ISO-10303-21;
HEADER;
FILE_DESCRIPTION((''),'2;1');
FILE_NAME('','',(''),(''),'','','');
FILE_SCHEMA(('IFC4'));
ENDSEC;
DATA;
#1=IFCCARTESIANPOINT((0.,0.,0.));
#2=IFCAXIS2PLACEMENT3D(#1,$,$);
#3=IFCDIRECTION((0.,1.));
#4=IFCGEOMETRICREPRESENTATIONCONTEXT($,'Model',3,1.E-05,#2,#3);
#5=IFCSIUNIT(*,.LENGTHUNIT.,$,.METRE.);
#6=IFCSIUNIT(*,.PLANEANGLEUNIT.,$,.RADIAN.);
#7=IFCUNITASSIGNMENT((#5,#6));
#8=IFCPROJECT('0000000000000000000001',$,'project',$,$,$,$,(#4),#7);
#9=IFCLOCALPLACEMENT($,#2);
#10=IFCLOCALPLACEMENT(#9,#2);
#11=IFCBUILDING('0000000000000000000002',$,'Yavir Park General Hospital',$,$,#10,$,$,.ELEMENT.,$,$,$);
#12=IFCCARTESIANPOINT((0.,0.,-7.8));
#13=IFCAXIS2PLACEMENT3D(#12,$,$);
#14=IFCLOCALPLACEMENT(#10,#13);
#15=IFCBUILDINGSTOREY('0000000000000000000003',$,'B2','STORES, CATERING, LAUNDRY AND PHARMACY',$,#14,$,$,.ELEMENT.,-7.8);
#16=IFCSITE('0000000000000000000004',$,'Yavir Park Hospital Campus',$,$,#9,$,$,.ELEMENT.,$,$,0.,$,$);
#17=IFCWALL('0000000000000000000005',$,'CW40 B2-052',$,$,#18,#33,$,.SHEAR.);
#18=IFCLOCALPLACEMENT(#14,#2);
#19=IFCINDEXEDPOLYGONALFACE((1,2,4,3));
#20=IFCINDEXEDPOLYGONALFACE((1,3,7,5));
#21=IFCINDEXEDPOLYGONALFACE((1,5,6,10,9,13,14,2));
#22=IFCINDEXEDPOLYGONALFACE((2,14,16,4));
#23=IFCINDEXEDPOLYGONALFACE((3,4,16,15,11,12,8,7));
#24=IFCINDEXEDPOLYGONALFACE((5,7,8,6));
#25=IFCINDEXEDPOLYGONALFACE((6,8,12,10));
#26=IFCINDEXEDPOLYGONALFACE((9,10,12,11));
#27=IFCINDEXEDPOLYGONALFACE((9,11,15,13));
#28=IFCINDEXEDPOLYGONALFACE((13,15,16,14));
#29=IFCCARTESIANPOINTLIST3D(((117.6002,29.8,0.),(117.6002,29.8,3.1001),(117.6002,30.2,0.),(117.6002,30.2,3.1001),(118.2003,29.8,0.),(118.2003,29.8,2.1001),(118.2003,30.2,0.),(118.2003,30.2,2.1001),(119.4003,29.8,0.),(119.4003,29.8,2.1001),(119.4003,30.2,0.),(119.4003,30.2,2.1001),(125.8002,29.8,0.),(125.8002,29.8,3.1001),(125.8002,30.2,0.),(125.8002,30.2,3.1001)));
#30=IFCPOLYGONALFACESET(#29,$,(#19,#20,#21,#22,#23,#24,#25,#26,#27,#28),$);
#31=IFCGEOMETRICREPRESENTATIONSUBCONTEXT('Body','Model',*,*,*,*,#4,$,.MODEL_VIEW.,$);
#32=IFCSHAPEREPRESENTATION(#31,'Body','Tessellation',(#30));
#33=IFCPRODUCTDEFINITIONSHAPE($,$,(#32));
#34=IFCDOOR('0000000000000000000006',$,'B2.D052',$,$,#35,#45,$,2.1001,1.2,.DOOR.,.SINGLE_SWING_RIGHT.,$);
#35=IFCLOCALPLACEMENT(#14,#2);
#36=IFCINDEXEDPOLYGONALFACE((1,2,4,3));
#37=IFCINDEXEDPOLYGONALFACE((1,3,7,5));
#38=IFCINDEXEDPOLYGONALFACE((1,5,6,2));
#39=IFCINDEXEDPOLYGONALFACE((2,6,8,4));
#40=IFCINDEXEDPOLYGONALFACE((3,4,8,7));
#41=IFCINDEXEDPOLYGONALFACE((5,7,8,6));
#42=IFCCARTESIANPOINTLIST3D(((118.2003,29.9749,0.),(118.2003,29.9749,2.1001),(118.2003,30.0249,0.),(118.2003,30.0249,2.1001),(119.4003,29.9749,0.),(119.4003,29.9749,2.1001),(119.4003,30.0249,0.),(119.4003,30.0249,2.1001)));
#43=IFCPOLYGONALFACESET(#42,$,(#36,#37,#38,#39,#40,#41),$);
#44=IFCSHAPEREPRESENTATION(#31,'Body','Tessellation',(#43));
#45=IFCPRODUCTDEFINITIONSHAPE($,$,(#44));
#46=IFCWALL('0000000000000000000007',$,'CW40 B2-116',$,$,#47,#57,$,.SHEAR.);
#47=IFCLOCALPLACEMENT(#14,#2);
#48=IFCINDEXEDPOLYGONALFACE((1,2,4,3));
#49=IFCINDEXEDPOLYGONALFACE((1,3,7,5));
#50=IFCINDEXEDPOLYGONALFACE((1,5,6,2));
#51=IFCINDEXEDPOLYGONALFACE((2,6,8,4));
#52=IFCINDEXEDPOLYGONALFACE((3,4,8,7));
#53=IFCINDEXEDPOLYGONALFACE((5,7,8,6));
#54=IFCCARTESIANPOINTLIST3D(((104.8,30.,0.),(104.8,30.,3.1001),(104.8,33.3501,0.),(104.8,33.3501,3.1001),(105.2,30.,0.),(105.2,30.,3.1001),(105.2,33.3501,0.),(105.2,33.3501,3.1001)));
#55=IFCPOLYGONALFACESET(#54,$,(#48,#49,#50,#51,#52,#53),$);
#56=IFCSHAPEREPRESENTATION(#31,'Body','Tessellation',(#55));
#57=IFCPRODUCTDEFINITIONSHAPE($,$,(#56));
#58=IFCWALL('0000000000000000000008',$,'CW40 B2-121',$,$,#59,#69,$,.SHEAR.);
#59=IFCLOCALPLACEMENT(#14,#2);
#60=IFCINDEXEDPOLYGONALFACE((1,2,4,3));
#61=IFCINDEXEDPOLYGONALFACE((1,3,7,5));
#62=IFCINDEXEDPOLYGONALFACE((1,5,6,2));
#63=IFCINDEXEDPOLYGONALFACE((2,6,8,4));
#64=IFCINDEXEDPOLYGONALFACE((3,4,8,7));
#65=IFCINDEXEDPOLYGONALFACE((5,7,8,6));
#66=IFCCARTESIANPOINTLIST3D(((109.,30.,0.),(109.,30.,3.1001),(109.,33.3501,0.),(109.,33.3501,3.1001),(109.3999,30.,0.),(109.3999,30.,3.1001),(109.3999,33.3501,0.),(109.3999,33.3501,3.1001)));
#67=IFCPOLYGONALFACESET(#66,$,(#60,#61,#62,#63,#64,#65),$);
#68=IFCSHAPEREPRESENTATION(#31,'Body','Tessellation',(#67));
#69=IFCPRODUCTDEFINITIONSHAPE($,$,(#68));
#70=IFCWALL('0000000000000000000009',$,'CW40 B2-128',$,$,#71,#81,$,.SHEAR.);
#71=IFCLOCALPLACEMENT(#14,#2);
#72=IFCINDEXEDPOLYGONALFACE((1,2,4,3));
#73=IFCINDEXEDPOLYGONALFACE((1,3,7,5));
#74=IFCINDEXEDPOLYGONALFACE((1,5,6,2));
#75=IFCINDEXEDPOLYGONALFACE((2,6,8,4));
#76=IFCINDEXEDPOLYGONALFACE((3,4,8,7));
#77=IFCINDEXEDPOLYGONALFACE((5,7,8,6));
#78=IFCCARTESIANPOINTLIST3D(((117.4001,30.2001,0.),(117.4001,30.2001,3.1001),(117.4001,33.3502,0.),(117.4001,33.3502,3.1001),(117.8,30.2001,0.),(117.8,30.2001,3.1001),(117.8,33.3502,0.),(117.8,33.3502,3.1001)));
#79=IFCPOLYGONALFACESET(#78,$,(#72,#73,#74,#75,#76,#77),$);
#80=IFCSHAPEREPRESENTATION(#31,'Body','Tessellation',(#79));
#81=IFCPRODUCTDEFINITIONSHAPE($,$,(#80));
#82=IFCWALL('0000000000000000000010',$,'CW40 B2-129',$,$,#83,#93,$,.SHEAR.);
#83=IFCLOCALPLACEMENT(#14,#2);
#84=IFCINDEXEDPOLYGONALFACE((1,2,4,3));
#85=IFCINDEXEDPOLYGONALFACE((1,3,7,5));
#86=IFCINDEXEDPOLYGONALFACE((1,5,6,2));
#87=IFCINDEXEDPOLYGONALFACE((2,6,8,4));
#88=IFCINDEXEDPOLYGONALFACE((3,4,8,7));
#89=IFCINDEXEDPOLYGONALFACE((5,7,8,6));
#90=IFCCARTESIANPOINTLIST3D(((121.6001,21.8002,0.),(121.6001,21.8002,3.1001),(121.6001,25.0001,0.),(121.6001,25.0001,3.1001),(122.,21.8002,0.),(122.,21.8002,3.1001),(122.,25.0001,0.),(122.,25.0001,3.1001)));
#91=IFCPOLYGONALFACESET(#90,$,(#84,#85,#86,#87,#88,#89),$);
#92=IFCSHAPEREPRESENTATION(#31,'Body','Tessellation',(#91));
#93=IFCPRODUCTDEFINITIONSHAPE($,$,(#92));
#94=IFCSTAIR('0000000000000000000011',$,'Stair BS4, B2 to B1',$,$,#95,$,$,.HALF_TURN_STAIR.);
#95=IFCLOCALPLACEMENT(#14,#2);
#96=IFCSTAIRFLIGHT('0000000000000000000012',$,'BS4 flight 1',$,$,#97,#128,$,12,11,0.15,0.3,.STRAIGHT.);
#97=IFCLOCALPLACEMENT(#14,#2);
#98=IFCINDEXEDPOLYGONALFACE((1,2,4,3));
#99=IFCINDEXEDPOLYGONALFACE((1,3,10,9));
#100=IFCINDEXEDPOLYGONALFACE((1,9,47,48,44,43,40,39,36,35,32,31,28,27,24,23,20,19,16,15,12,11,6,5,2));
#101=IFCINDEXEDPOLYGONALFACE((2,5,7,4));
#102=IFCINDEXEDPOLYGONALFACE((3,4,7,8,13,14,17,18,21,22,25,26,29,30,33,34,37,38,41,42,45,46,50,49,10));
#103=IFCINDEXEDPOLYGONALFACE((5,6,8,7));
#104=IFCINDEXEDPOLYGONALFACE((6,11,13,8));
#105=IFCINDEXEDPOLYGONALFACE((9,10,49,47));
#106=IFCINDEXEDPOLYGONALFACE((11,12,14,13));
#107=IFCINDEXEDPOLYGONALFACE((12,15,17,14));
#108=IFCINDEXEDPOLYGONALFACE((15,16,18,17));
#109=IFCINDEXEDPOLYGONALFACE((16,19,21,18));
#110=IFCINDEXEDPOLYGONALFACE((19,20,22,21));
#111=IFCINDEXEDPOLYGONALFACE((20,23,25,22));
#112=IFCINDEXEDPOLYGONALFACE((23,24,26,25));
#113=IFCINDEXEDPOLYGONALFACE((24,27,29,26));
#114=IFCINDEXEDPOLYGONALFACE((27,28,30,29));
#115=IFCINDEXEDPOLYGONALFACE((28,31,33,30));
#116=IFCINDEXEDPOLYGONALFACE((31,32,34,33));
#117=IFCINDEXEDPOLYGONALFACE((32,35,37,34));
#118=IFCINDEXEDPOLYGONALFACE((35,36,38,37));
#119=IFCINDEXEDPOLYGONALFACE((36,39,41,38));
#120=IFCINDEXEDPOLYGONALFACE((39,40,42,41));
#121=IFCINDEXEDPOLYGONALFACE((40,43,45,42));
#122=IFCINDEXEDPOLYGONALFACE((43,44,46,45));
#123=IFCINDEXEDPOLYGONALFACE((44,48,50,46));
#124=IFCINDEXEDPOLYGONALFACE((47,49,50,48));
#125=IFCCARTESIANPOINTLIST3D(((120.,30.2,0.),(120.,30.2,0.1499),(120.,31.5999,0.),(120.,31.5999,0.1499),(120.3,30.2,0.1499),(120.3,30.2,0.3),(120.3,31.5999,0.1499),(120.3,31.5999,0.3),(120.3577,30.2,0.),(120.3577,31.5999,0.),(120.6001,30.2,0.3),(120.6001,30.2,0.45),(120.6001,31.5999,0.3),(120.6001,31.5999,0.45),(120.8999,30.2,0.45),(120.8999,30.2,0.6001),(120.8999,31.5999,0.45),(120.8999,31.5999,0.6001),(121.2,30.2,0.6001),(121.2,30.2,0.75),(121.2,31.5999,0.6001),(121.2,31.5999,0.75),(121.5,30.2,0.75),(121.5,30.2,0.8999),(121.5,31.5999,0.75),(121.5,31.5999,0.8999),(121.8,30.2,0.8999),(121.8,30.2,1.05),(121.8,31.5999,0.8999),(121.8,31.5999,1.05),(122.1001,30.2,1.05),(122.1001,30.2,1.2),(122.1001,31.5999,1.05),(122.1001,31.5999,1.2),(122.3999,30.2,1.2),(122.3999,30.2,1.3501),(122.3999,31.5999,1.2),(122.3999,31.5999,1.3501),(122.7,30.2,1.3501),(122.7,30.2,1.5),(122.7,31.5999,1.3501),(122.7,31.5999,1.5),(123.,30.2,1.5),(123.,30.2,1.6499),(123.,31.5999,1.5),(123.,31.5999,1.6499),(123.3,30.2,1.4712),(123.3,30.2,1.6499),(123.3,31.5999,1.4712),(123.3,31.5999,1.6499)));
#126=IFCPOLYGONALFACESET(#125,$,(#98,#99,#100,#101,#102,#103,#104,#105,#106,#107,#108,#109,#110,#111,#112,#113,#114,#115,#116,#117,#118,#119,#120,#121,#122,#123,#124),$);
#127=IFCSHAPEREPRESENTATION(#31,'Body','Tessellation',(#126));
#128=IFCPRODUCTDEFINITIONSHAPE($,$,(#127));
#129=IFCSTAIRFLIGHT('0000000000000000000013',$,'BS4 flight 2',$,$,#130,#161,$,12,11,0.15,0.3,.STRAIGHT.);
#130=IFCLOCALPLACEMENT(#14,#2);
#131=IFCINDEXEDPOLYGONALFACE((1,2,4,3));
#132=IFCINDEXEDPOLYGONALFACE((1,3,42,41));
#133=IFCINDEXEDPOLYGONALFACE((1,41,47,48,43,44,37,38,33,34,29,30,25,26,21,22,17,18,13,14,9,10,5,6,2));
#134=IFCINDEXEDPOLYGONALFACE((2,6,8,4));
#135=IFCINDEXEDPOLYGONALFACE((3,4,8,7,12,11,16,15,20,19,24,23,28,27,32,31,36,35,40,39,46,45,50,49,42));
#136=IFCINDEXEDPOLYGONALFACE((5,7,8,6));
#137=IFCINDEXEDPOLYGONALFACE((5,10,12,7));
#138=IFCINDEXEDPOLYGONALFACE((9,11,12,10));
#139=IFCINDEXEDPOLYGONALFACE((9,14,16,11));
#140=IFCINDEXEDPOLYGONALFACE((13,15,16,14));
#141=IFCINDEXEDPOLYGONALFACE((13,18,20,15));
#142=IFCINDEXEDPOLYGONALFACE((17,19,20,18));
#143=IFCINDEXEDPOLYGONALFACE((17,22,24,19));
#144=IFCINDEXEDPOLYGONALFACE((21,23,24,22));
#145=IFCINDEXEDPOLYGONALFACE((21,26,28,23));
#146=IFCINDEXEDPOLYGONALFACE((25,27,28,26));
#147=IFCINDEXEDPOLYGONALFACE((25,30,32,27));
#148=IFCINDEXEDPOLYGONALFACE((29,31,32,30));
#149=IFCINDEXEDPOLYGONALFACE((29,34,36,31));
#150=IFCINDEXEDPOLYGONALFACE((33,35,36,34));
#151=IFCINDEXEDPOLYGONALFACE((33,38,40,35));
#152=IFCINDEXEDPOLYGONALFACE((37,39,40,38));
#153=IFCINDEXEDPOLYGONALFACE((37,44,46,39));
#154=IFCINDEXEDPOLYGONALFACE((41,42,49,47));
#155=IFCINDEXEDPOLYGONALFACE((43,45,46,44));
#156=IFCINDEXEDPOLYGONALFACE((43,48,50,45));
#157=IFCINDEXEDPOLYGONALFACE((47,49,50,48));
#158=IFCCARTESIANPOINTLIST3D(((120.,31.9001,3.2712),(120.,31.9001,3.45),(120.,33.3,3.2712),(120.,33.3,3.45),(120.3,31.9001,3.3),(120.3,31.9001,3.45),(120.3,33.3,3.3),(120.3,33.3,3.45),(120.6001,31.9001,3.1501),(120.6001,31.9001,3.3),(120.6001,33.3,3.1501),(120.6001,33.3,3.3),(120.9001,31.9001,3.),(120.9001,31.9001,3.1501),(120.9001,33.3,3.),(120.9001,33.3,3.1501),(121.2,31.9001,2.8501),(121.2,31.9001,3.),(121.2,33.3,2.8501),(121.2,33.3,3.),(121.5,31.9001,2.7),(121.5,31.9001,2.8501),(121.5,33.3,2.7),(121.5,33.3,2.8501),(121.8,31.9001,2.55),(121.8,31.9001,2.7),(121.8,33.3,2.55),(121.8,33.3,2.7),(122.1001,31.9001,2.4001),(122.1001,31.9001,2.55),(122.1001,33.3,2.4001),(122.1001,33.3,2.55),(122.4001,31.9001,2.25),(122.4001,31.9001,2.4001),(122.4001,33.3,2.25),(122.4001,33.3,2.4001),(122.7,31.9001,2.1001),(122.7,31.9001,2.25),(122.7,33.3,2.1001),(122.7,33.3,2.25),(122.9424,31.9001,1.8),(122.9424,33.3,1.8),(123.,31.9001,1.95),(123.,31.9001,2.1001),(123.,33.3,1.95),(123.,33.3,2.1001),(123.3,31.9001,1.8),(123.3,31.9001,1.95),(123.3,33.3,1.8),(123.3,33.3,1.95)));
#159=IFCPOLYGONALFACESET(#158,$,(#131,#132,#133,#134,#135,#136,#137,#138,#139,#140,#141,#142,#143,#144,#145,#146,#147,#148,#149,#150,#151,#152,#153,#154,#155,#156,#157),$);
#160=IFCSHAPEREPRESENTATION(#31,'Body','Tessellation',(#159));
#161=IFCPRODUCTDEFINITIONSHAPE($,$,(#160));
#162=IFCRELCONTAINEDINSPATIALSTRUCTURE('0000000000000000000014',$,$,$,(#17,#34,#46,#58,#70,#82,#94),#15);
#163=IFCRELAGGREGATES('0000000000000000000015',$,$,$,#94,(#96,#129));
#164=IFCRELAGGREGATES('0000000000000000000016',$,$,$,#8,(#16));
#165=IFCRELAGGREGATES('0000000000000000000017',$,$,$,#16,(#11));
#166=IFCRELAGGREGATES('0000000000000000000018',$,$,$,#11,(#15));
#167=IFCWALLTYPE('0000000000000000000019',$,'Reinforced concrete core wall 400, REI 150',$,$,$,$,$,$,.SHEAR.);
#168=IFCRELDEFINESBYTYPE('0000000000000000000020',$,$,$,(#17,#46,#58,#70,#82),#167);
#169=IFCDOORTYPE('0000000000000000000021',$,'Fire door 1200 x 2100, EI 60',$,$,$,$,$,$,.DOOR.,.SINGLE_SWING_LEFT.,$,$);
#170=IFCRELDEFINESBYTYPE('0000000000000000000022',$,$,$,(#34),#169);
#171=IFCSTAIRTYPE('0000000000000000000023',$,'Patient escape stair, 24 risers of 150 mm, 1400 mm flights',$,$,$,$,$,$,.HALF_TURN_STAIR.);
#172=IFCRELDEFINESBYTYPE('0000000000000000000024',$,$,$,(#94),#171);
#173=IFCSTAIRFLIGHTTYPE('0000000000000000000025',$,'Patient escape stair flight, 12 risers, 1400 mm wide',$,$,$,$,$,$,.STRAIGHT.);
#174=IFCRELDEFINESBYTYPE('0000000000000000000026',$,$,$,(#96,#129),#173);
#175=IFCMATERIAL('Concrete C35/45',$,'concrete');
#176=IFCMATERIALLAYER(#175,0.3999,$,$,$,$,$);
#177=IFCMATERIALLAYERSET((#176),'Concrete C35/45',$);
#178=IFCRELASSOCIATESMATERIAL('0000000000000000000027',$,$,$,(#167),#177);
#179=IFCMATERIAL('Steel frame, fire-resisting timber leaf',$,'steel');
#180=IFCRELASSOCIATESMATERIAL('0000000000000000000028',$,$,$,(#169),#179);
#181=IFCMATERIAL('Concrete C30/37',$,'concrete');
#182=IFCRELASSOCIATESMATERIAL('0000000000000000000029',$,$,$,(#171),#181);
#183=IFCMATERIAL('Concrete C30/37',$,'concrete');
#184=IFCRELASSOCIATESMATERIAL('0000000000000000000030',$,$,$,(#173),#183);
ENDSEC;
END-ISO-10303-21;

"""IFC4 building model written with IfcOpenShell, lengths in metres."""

from ifc_helpers import new_model, si_unit, direction, frame, frame_2d, origin, place, context, subcontext, project, spatial, polyline, rectangle, outline, extrude, material, layer, layer_set, type_object, element, fill, aggregate, save


model = new_model("IFC4")

# Units and contexts
model_context = context("Model", 3, precision=1e-05, world=origin(), true_north=direction((0.0, 1.0)))
body_context = subcontext(model_context, "Body", "Model", "MODEL_VIEW")
ifc_project = project(units=[si_unit("LENGTHUNIT", "METRE"), si_unit("PLANEANGLEUNIT", "RADIAN")], contexts=[model_context])

# Site, building, storey
site_placement = place(None, origin())
site = spatial("IfcSite", under=ifc_project, at=site_placement, Name="Yavir Park Hospital Campus", CompositionType="ELEMENT", RefElevation=0.0)
building_placement = place(site_placement, origin())
building = spatial("IfcBuilding", under=site, at=building_placement, Name="Yavir Park General Hospital", CompositionType="ELEMENT")
storey_placement = place(building_placement, frame((0.0, 0.0, -7.8)))
storey = spatial("IfcBuildingStorey", under=building, at=storey_placement, Name="B2", Description="STORES, CATERING, LAUNDRY AND PHARMACY", CompositionType="ELEMENT", Elevation=-7.8)

# Shared definitions
ifc_material_1 = material(Name="Concrete C35/45", Category="concrete")
ifc_layer_1 = layer(ifc_material_1, 0.3999)
ifc_layer_set_1 = layer_set([ifc_layer_1], Name="Concrete C35/45")
wall_type_1 = type_object("IfcWallType", Name="Reinforced concrete core wall 400, REI 150", PredefinedType="SHEAR", material=ifc_layer_set_1)

# Wall, opening, door
wall_1_placement = place(storey_placement, frame((117.6001, 30.0, 0.0), z_axis=(0.0, 0.0, 1.0), x_axis=(1.0, 0.0, 0.0)))
wall_1 = element("IfcWall", 1, at=wall_1_placement, inside=storey, type_object=wall_type_1, Name="CW40 B2-052", PredefinedType="SHEAR", context=body_context, shape_type="SweptSolid", body=[
    extrude(rectangle(XDim=8.2, YDim=0.3999, at=frame_2d((4.1001, 0.0))), origin(), (0.0, 0.0, 1.0), 3.1001),
])
opening_1_placement = place(wall_1_placement, frame((0.6001, 0.0, 0.0)))
opening_1 = element("IfcOpeningElement", 2, at=opening_1_placement, cuts=wall_1, PredefinedType="OPENING", context=body_context, shape_type="SweptSolid", body=[
    extrude(rectangle(XDim=1.2, YDim=2.1001, at=frame_2d((0.6001, 1.05))), frame((0.0, 0.21, 0.0), z_axis=(0.0, -1.0, 0.0), x_axis=(1.0, 0.0, 0.0)), (0.0, 0.0, 1.0), 0.4199),
])
ifc_material_2 = material(Name="Steel frame, fire-resisting timber leaf", Category="steel")
door_type_1 = type_object("IfcDoorType", Name="Fire door 1200 x 2100, EI 60", OperationType="SINGLE_SWING_LEFT", PredefinedType="DOOR", material=ifc_material_2)
door_1_placement = place(opening_1_placement, origin())
door_1 = element("IfcDoor", 3, at=door_1_placement, inside=storey, type_object=door_type_1, Name="B2.D052", OperationType="SINGLE_SWING_RIGHT", OverallHeight=2.1001, OverallWidth=1.2, PredefinedType="DOOR", context=body_context, shape_type="SweptSolid", body=[
    extrude(rectangle(XDim=1.2, YDim=2.1001, at=frame_2d((0.6001, 1.05))), frame((0.0, 0.0249, 0.0), z_axis=(0.0, -1.0, 0.0), x_axis=(1.0, 0.0, 0.0)), (0.0, 0.0, 1.0), 0.05),
])
fill(opening_1, door_1)

# Walls
for number, where, z_axis, x_axis, name in (
    (4, (105.0, 30.0, 0.0), (0.0, 0.0, 1.0), (0.0, 1.0, 0.0), "CW40 B2-116"),
    (5, (109.2, 30.0, 0.0), (0.0, 0.0, 1.0), (0.0, 1.0, 0.0), "CW40 B2-121"),
):
    element("IfcWall", number, at=place(storey_placement, frame(where, z_axis=z_axis, x_axis=x_axis)), inside=storey, type_object=wall_type_1, Name=name, PredefinedType="SHEAR", context=body_context, shape_type="SweptSolid", body=[
        extrude(rectangle(XDim=3.3501, YDim=0.3999, at=frame_2d((1.675, 0.0))), origin(), (0.0, 0.0, 1.0), 3.1001),
    ])
wall_2_placement = place(storey_placement, frame((117.6001, 30.2, 0.0), z_axis=(0.0, 0.0, 1.0), x_axis=(0.0, 1.0, 0.0)))
element("IfcWall", 6, at=wall_2_placement, inside=storey, type_object=wall_type_1, Name="CW40 B2-128", PredefinedType="SHEAR", context=body_context, shape_type="SweptSolid", body=[
    extrude(rectangle(XDim=3.1501, YDim=0.3999, at=frame_2d((1.5752, 0.0))), origin(), (0.0, 0.0, 1.0), 3.1001),
])
wall_3_placement = place(storey_placement, frame((121.8, 21.8, 0.0), z_axis=(0.0, 0.0, 1.0), x_axis=(0.0, 1.0, 0.0)))
element("IfcWall", 7, at=wall_3_placement, inside=storey, type_object=wall_type_1, Name="CW40 B2-129", PredefinedType="SHEAR", context=body_context, shape_type="SweptSolid", body=[
    extrude(rectangle(XDim=3.2, YDim=0.3999, at=frame_2d((1.6001, 0.0))), origin(), (0.0, 0.0, 1.0), 3.1001),
])

# Stair, stair flights
ifc_material_3 = material(Name="Concrete C30/37", Category="concrete")
stair_type = type_object("IfcStairType", Name="Patient escape stair, 24 risers of 150 mm, 1400 mm flights", PredefinedType="HALF_TURN_STAIR", material=ifc_material_3)
stair_placement = place(storey_placement, origin())
stair = element("IfcStair", 8, at=stair_placement, inside=storey, type_object=stair_type, Name="Stair BS4, B2 to B1", PredefinedType="HALF_TURN_STAIR")
ifc_material_4 = material(Name="Concrete C30/37", Category="concrete")
stair_flight_type = type_object("IfcStairFlightType", Name="Patient escape stair flight, 12 risers, 1400 mm wide", PredefinedType="STRAIGHT", material=ifc_material_4)
stair_flight_1_placement = place(storey_placement, frame((120.0, 30.8999, 0.0), z_axis=(0.0, 0.0, 1.0), x_axis=(1.0, 0.0, 0.0)))
stair_flight_1 = element("IfcStairFlight", 9, at=stair_flight_1_placement, type_object=stair_flight_type, Name="BS4 flight 1", NumberOfRisers=12, NumberOfTreads=11, PredefinedType="STRAIGHT", RiserHeight=0.15, TreadLength=0.3, context=body_context, shape_type="SweptSolid", body=[
    extrude(outline(polyline([(0.0, 0.0), (0.0, 0.1499), (0.3, 0.1499), (0.3, 0.3), (0.6001, 0.3), (0.6001, 0.45), (0.8999, 0.45), (0.8999, 0.6001), (1.2, 0.6001), (1.2, 0.75), (1.5, 0.75), (1.5, 0.8999), (1.8, 0.8999), (1.8, 1.05), (2.1001, 1.05), (2.1001, 1.2), (2.3999, 1.2), (2.3999, 1.3501), (2.7, 1.3501), (2.7, 1.5), (3.0, 1.5), (3.0, 1.6499), (3.3, 1.6499), (3.3, 1.8), (3.3, 1.4712), (0.3577, 0.0), (0.0, 0.0)])), frame((0.0, 0.7, 0.0), z_axis=(0.0, -1.0, 0.0), x_axis=(1.0, 0.0, 0.0)), (0.0, 0.0, 1.0), 1.3999),
])
stair_flight_2_placement = place(storey_placement, frame((123.3, 32.6001, 1.8), z_axis=(0.0, 0.0, 1.0), x_axis=(-1.0, 0.0, 0.0)))
stair_flight_2 = element("IfcStairFlight", 10, at=stair_flight_2_placement, type_object=stair_flight_type, Name="BS4 flight 2", NumberOfRisers=12, NumberOfTreads=11, PredefinedType="STRAIGHT", RiserHeight=0.15, TreadLength=0.3, context=body_context, shape_type="SweptSolid", body=[
    extrude(outline(polyline([(0.0, 0.0), (0.0, 0.1499), (0.3, 0.1499), (0.3, 0.3), (0.6001, 0.3), (0.6001, 0.45), (0.8999, 0.45), (0.8999, 0.6001), (1.2, 0.6001), (1.2, 0.75), (1.5, 0.75), (1.5, 0.8999), (1.8, 0.8999), (1.8, 1.05), (2.1001, 1.05), (2.1001, 1.2), (2.3999, 1.2), (2.3999, 1.3501), (2.7, 1.3501), (2.7, 1.5), (3.0, 1.5), (3.0, 1.6499), (3.3, 1.6499), (3.3, 1.8), (3.3, 1.4712), (0.3577, 0.0), (0.0, 0.0)])), frame((0.0, 0.7, 0.0), z_axis=(0.0, -1.0, 0.0), x_axis=(1.0, 0.0, 0.0)), (0.0, 0.0, 1.0), 1.3999),
])
aggregate(stair, [stair_flight_1, stair_flight_2])

save(model, "model.ifc")
